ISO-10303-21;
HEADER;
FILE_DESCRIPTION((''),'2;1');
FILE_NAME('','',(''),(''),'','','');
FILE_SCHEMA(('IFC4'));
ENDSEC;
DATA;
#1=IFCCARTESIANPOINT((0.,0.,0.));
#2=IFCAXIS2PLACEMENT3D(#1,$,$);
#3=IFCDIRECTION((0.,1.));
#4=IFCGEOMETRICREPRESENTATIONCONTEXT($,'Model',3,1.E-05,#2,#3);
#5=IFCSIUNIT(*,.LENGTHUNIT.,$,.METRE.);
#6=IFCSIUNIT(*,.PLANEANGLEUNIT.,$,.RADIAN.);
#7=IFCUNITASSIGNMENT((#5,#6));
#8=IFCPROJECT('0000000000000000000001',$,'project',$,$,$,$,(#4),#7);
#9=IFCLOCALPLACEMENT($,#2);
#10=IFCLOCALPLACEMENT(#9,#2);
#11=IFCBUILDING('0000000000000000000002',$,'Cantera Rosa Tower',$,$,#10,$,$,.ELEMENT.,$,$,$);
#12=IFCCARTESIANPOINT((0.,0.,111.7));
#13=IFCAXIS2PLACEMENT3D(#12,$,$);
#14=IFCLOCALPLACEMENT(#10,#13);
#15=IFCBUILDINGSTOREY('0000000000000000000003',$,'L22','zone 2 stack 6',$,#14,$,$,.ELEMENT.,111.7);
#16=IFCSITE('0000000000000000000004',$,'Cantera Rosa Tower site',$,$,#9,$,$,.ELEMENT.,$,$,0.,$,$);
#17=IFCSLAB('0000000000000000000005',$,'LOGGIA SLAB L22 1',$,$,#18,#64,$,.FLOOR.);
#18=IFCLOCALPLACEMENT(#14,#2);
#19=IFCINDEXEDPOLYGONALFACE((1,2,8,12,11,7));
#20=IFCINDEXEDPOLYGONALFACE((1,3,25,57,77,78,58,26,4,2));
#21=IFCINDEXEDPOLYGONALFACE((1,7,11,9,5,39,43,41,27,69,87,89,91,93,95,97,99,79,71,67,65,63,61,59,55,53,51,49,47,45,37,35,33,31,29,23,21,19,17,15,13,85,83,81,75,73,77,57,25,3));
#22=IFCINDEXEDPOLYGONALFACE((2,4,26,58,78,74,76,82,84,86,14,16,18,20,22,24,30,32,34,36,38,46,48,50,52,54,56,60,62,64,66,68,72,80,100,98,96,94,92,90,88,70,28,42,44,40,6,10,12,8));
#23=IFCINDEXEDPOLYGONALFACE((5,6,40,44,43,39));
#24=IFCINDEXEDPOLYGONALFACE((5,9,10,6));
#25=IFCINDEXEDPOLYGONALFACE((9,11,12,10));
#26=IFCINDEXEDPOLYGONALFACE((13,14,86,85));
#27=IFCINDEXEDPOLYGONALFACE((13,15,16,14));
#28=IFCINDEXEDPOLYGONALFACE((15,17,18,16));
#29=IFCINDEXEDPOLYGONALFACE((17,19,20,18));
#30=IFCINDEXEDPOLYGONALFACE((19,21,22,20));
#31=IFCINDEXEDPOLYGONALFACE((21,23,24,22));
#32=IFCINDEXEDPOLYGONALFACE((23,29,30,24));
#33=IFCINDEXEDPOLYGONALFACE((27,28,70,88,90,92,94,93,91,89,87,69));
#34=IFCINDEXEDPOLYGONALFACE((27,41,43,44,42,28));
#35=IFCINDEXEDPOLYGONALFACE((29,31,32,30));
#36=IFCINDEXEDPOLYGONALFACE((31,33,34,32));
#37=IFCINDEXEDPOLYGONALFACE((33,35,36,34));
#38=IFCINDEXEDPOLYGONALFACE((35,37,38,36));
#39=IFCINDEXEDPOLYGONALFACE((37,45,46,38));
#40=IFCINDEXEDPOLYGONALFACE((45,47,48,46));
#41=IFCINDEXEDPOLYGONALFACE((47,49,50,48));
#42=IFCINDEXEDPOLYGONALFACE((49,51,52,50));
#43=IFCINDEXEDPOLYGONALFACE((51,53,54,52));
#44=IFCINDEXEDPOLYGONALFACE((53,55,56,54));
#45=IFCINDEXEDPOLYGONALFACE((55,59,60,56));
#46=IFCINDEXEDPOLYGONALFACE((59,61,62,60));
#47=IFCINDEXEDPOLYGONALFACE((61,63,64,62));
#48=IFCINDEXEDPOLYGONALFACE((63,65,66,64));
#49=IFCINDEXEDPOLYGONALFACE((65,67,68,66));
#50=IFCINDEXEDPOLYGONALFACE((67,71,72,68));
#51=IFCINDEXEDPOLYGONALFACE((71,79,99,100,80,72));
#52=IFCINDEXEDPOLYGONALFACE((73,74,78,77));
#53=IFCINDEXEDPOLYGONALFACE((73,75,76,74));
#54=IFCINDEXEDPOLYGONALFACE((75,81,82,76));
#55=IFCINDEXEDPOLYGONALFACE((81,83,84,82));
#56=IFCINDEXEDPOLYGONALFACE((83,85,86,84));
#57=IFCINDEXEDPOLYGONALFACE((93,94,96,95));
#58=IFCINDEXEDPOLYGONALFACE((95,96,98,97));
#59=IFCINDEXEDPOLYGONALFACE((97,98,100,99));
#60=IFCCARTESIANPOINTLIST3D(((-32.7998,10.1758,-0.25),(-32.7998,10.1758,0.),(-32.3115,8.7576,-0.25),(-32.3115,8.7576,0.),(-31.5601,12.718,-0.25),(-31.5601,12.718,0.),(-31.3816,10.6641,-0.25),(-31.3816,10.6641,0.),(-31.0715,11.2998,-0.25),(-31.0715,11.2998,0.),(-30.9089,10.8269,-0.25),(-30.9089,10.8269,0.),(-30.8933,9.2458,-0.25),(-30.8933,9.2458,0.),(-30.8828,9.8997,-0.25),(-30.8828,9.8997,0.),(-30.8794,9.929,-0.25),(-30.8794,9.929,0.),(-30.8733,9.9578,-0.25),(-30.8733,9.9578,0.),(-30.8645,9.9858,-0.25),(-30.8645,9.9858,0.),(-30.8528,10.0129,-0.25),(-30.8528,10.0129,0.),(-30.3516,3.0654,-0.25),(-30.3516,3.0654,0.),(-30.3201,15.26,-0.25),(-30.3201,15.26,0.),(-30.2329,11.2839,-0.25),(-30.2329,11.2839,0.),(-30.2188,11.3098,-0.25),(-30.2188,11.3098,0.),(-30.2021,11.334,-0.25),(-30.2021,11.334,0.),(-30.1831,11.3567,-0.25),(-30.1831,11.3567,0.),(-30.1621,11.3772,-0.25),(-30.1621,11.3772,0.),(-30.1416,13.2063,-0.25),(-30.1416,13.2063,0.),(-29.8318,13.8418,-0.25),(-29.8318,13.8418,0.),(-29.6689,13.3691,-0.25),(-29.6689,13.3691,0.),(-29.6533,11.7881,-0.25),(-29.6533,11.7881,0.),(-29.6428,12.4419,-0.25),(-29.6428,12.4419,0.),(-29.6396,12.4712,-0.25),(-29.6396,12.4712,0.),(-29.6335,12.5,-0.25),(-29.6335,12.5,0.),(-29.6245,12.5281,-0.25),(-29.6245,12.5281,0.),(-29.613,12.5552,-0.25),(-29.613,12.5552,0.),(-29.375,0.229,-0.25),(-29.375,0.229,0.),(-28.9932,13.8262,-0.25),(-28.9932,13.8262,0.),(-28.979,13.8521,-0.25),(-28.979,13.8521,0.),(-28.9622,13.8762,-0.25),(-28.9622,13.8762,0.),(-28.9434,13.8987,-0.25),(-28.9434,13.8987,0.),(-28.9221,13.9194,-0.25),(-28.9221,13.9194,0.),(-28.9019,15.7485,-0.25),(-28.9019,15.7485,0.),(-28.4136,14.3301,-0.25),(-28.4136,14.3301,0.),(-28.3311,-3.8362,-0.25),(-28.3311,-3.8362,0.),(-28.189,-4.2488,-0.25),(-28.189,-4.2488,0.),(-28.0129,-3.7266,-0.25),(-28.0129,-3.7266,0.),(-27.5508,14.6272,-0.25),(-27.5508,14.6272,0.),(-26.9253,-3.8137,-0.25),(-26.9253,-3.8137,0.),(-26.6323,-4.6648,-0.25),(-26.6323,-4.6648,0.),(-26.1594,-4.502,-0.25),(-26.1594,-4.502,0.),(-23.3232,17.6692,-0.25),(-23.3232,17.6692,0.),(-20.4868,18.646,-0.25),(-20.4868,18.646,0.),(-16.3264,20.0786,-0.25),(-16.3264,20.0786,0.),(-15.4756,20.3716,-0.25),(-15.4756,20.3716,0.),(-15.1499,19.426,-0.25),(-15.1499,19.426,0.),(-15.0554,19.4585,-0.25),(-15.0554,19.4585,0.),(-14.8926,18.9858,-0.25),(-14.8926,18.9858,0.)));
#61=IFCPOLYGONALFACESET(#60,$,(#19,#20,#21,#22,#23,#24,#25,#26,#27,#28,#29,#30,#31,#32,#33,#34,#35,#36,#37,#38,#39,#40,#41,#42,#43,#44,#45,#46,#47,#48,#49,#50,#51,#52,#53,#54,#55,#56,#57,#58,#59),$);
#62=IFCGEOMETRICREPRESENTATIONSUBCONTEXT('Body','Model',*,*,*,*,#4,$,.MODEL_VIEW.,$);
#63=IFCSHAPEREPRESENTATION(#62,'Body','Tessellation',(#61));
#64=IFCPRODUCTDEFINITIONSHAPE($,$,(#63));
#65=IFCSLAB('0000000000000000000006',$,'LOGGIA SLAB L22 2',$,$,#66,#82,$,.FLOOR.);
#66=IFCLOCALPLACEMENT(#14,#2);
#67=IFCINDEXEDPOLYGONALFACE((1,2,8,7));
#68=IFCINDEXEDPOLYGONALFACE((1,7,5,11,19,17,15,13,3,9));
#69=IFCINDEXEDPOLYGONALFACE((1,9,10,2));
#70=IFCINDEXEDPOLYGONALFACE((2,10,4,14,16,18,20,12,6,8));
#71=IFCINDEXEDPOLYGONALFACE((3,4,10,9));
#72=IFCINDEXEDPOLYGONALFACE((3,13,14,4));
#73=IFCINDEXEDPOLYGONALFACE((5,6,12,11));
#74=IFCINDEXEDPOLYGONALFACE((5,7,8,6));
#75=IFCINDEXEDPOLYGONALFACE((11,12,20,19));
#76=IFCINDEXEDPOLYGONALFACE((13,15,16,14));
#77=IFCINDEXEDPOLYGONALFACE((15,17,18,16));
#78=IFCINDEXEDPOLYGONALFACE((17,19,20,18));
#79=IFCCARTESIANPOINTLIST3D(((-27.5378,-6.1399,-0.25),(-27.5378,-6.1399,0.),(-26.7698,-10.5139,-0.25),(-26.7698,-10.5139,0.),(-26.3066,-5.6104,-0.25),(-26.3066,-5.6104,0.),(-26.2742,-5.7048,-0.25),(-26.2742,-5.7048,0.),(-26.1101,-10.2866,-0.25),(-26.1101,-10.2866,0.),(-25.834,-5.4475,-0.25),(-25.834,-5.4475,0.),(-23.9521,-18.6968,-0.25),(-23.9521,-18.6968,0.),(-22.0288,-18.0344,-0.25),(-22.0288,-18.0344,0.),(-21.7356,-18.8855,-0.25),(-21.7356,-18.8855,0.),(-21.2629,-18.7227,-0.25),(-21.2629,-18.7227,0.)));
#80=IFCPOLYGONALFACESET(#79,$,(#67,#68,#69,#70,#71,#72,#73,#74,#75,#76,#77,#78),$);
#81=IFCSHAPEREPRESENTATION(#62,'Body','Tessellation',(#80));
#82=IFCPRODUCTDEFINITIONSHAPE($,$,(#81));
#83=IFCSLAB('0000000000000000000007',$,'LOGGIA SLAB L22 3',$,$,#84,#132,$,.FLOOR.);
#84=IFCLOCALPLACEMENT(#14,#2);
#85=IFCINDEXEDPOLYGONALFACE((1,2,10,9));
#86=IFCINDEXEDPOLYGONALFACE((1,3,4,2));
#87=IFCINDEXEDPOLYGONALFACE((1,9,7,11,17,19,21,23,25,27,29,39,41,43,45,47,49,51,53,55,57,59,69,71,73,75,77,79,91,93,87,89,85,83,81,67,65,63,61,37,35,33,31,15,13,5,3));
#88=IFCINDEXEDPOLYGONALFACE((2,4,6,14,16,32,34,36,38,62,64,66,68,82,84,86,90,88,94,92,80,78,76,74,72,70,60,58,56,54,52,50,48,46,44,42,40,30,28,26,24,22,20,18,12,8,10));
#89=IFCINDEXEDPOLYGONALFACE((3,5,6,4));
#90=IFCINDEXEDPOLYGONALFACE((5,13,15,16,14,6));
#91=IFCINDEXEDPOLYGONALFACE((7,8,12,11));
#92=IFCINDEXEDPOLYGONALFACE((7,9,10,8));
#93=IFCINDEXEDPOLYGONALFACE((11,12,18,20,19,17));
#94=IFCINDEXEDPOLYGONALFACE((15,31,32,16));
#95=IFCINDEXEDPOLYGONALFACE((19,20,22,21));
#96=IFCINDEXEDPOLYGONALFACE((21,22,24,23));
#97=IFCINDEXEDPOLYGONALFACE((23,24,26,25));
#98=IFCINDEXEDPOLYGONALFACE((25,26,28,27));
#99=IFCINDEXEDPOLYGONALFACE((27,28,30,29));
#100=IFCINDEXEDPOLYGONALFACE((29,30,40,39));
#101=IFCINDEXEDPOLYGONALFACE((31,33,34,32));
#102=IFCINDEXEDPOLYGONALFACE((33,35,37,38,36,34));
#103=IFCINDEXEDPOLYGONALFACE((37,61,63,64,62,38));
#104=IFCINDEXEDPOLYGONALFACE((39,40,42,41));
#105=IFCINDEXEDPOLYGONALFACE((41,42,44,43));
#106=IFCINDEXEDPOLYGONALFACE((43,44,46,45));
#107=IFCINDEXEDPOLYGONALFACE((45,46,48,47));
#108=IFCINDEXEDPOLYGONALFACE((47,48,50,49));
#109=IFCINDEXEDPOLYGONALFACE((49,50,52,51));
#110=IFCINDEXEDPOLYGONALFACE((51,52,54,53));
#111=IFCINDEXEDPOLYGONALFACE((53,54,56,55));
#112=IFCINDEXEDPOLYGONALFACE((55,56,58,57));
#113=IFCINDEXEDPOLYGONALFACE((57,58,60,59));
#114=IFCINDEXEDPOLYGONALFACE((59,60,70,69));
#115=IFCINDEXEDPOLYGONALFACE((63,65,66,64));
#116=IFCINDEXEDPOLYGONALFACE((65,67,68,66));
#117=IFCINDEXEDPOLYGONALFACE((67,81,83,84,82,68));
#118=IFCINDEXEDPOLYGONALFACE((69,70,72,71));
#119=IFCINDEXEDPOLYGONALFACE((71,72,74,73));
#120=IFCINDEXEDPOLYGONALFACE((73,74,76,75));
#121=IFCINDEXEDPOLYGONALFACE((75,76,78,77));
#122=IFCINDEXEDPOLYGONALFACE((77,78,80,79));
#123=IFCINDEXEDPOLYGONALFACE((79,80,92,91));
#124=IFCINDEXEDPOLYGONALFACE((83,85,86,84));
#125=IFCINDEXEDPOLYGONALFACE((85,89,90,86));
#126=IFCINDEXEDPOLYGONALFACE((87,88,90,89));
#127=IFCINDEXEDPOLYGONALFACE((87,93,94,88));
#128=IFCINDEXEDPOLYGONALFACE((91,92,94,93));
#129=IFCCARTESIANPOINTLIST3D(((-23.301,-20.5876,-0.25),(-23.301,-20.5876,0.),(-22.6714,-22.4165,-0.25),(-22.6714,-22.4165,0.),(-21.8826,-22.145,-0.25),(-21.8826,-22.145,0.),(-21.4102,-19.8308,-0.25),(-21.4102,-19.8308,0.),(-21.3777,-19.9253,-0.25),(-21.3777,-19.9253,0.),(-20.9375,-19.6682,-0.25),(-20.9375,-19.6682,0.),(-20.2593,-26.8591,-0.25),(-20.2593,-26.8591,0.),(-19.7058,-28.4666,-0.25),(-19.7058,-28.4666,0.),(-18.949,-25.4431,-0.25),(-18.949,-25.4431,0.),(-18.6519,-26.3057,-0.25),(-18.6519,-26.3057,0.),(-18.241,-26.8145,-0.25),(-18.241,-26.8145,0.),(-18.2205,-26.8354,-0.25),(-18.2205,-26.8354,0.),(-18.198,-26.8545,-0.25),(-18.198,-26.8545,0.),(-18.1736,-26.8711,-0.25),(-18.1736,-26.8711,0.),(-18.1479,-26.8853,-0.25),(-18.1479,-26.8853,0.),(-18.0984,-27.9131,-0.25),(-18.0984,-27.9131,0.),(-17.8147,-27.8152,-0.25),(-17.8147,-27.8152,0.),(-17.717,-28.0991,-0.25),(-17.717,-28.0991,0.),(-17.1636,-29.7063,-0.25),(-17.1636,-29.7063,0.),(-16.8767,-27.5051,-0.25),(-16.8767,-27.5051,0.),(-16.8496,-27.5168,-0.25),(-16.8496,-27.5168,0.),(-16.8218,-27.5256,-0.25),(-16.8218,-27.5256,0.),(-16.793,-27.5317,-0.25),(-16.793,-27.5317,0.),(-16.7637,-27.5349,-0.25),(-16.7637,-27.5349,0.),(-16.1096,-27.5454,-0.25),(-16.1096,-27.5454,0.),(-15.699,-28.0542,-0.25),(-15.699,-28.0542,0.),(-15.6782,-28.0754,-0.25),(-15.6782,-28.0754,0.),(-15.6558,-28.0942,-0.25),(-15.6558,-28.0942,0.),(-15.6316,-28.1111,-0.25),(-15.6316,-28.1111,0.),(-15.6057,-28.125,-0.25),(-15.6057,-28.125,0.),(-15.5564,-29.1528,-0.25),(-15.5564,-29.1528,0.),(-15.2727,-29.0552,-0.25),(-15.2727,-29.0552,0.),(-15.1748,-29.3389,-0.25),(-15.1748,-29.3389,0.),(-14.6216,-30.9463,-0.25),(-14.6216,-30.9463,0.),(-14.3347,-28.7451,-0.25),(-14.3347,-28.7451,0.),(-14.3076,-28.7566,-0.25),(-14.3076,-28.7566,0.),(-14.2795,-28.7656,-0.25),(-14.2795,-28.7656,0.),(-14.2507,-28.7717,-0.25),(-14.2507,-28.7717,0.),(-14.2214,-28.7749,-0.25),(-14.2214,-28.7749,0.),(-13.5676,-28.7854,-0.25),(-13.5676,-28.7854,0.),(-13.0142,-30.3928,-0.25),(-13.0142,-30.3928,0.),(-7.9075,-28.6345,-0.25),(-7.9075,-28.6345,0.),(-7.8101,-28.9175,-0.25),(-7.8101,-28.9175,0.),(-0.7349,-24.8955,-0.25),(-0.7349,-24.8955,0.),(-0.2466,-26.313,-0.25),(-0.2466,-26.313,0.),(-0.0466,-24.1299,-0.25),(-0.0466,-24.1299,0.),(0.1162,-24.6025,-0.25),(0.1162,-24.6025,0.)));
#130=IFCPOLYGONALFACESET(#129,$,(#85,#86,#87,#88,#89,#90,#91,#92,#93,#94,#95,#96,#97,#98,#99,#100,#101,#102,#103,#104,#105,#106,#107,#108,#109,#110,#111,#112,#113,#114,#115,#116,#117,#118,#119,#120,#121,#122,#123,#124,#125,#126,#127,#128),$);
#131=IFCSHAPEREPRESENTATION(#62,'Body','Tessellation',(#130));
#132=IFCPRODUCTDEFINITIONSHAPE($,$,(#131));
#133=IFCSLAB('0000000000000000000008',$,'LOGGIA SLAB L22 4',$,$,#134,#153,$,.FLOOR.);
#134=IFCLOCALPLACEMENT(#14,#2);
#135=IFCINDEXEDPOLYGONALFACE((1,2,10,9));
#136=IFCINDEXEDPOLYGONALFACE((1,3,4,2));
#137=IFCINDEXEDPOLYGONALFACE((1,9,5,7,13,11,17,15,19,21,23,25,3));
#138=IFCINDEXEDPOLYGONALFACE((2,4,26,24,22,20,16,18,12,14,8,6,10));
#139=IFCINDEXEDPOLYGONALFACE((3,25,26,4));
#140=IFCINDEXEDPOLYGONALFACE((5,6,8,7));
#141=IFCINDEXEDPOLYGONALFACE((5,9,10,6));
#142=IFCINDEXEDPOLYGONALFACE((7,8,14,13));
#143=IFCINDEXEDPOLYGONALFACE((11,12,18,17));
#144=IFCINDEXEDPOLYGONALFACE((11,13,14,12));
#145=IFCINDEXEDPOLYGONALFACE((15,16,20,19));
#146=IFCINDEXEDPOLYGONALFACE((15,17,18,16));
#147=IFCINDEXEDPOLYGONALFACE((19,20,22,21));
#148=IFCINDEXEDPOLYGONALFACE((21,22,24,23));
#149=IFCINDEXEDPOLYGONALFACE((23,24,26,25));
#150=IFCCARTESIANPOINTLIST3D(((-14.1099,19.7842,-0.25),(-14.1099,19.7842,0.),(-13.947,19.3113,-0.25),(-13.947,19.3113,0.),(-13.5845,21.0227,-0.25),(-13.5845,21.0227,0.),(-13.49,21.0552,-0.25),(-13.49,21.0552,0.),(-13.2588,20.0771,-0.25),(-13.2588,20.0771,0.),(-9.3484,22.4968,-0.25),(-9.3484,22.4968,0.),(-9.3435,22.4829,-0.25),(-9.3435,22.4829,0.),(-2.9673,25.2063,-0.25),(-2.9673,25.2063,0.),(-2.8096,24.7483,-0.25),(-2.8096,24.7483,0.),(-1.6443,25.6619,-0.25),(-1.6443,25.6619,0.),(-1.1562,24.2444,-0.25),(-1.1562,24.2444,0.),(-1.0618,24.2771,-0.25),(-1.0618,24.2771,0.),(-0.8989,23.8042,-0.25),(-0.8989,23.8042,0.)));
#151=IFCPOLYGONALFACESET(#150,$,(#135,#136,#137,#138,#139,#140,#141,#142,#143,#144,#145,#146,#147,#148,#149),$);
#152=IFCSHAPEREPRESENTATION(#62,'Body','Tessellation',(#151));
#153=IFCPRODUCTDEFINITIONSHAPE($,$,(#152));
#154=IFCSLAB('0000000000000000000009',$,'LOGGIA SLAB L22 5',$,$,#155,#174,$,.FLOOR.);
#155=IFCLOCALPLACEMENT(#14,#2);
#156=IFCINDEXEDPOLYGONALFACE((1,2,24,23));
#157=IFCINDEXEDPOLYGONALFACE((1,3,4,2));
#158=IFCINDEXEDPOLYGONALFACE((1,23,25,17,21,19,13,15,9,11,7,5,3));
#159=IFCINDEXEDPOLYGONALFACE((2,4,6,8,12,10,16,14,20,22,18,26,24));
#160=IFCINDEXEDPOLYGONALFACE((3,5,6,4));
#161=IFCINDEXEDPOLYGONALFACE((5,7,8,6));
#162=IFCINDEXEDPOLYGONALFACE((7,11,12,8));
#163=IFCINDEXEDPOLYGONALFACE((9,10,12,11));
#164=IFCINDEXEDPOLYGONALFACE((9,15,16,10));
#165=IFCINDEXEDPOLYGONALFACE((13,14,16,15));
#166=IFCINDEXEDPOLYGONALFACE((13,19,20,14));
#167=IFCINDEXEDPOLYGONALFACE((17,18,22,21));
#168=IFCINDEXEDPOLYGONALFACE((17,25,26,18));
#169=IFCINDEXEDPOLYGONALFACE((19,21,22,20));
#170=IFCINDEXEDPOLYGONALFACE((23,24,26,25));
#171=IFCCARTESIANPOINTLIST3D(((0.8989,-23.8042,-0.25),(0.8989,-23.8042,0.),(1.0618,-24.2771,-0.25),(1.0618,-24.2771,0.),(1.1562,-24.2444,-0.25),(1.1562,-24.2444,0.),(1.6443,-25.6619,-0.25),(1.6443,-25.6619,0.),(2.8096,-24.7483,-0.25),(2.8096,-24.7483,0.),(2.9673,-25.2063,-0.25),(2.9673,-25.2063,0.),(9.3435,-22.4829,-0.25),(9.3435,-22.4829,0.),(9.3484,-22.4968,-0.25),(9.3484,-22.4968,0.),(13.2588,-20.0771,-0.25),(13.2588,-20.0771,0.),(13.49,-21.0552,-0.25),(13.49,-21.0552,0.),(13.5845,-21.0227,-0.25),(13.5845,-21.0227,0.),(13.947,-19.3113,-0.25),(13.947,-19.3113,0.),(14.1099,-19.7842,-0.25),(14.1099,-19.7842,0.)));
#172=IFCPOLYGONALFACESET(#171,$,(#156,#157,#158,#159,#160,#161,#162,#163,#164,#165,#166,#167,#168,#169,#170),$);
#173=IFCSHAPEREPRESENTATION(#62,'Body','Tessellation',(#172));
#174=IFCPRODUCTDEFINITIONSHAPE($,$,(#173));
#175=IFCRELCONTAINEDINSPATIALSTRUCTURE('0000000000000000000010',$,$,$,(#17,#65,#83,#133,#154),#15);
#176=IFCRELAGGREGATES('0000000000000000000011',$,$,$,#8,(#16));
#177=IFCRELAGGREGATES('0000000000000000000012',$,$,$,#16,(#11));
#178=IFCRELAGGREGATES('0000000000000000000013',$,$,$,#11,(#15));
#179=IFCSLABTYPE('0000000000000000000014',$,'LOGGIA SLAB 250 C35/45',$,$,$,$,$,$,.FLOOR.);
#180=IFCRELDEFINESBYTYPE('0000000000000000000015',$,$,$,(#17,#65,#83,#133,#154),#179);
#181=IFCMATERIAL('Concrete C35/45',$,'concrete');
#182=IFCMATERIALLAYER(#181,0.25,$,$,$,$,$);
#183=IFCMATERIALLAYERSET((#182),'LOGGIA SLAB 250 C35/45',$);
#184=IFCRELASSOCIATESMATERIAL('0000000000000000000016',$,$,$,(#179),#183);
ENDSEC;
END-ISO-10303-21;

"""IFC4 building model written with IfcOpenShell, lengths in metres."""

from ifc_helpers import new_model, si_unit, direction, frame, origin, place, context, subcontext, project, spatial, polyline, outline, extrude, material, layer, layer_set, type_object, element, save


model = new_model("IFC4")

# Units and contexts
model_context = context("Model", 3, precision=1e-05, world=origin(), true_north=direction((0.0, 1.0)))
body_context = subcontext(model_context, "Body", "Model", "MODEL_VIEW")
ifc_project = project(units=[si_unit("LENGTHUNIT", "METRE"), si_unit("PLANEANGLEUNIT", "RADIAN")], contexts=[model_context])

# Site, building, storey
site_placement = place(None, origin())
site = spatial("IfcSite", under=ifc_project, at=site_placement, Name="Cantera Rosa Tower site", CompositionType="ELEMENT", RefElevation=0.0)
building_placement = place(site_placement, origin())
building = spatial("IfcBuilding", under=site, at=building_placement, Name="Cantera Rosa Tower", CompositionType="ELEMENT")
storey_placement = place(building_placement, frame((0.0, 0.0, 111.7)))
storey = spatial("IfcBuildingStorey", under=building, at=storey_placement, Name="L22", Description="zone 2 stack 6", CompositionType="ELEMENT", Elevation=111.7)

# Slabs
ifc_material_1 = material(Name="Concrete C35/45", Category="concrete")
ifc_layer_1 = layer(ifc_material_1, 0.25)
ifc_layer_set_1 = layer_set([ifc_layer_1], Name="LOGGIA SLAB 250 C35/45")
slab_type_1 = type_object("IfcSlabType", Name="LOGGIA SLAB 250 C35/45", PredefinedType="FLOOR", material=ifc_layer_set_1)
slab_1_placement = place(storey_placement, frame((0.0, 0.0, -0.25)))
element("IfcSlab", 1, at=slab_1_placement, inside=storey, type_object=slab_type_1, Name="LOGGIA SLAB L22 1", PredefinedType="FLOOR", context=body_context, shape_type="SweptSolid", body=[
    extrude(outline(polyline([(-32.7998, 10.1758), (-31.3816, 10.6641), (-30.9089, 10.8269), (-31.0715, 11.2998), (-31.5601, 12.718), (-30.1416, 13.2063), (-29.6689, 13.3691), (-29.8318, 13.8418), (-30.3201, 15.26), (-28.9019, 15.7485), (-23.3232, 17.6692), (-20.4868, 18.646), (-16.3264, 20.0786), (-15.4756, 20.3716), (-15.1499, 19.426), (-15.0554, 19.4585), (-14.8926, 18.9858), (-27.5508, 14.6272), (-28.4136, 14.3301), (-28.9221, 13.9194), (-28.9434, 13.8987), (-28.9622, 13.8762), (-28.979, 13.8521), (-28.9932, 13.8262), (-29.613, 12.5552), (-29.6245, 12.5281), (-29.6335, 12.5), (-29.6396, 12.4712), (-29.6428, 12.4419), (-29.6533, 11.7881), (-30.1621, 11.3772), (-30.1831, 11.3567), (-30.2021, 11.334), (-30.2188, 11.3098), (-30.2329, 11.2839), (-30.8528, 10.0129), (-30.8645, 9.9858), (-30.8733, 9.9578), (-30.8794, 9.929), (-30.8828, 9.8997), (-30.8933, 9.2458), (-26.1594, -4.502), (-26.6323, -4.6648), (-26.9253, -3.8137), (-28.189, -4.2488), (-28.3311, -3.8362), (-28.0129, -3.7266), (-29.375, 0.229), (-30.3516, 3.0654), (-32.3115, 8.7576), (-32.7998, 10.1758)])), origin(), (0.0, 0.0, 1.0), 0.25),
])
slab_2_placement = place(storey_placement, frame((0.0, 0.0, -0.25)))
element("IfcSlab", 2, at=slab_2_placement, inside=storey, type_object=slab_type_1, Name="LOGGIA SLAB L22 2", PredefinedType="FLOOR", context=body_context, shape_type="SweptSolid", body=[
    extrude(outline(polyline([(-25.834, -5.4475), (-21.2629, -18.7227), (-21.7356, -18.8855), (-22.0288, -18.0344), (-23.9521, -18.6968), (-26.7698, -10.5139), (-26.1101, -10.2866), (-27.5378, -6.1399), (-26.2742, -5.7048), (-26.3066, -5.6104), (-25.834, -5.4475)])), origin(), (0.0, 0.0, 1.0), 0.25),
])
slab_3_placement = place(storey_placement, frame((0.0, 0.0, -0.25)))
element("IfcSlab", 3, at=slab_3_placement, inside=storey, type_object=slab_type_1, Name="LOGGIA SLAB L22 3", PredefinedType="FLOOR", context=body_context, shape_type="SweptSolid", body=[
    extrude(outline(polyline([(-15.2727, -29.0552), (-15.5564, -29.1528), (-17.1636, -29.7063), (-17.717, -28.0991), (-17.8147, -27.8152), (-18.0984, -27.9131), (-19.7058, -28.4666), (-20.2593, -26.8591), (-21.8826, -22.145), (-22.6714, -22.4165), (-23.301, -20.5876), (-21.3777, -19.9253), (-21.4102, -19.8308), (-20.9375, -19.6682), (-18.949, -25.4431), (-18.6519, -26.3057), (-18.241, -26.8145), (-18.2205, -26.8354), (-18.198, -26.8545), (-18.1736, -26.8711), (-18.1479, -26.8853), (-16.8767, -27.5051), (-16.8496, -27.5168), (-16.8218, -27.5256), (-16.793, -27.5317), (-16.7637, -27.5349), (-16.1096, -27.5454), (-15.699, -28.0542), (-15.6782, -28.0754), (-15.6558, -28.0942), (-15.6316, -28.1111), (-15.6057, -28.125), (-14.3347, -28.7451), (-14.3076, -28.7566), (-14.2795, -28.7656), (-14.2507, -28.7717), (-14.2214, -28.7749), (-13.5676, -28.7854), (-0.0466, -24.1299), (0.1162, -24.6025), (-0.7349, -24.8955), (-0.2466, -26.313), (-7.8101, -28.9175), (-7.9075, -28.6345), (-13.0142, -30.3928), (-14.6216, -30.9463), (-15.1748, -29.3389), (-15.2727, -29.0552)])), origin(), (0.0, 0.0, 1.0), 0.25),
])
slab_4_placement = place(storey_placement, frame((0.0, 0.0, -0.25)))
element("IfcSlab", 4, at=slab_4_placement, inside=storey, type_object=slab_type_1, Name="LOGGIA SLAB L22 4", PredefinedType="FLOOR", context=body_context, shape_type="SweptSolid", body=[
    extrude(outline(polyline([(-1.6443, 25.6619), (-1.1562, 24.2444), (-1.0618, 24.2771), (-0.8989, 23.8042), (-13.947, 19.3113), (-14.1099, 19.7842), (-13.2588, 20.0771), (-13.5845, 21.0227), (-13.49, 21.0552), (-9.3435, 22.4829), (-9.3484, 22.4968), (-2.8096, 24.7483), (-2.9673, 25.2063), (-1.6443, 25.6619)])), origin(), (0.0, 0.0, 1.0), 0.25),
])
slab_5_placement = place(storey_placement, frame((0.0, 0.0, -0.25)))
element("IfcSlab", 5, at=slab_5_placement, inside=storey, type_object=slab_type_1, Name="LOGGIA SLAB L22 5", PredefinedType="FLOOR", context=body_context, shape_type="SweptSolid", body=[
    extrude(outline(polyline([(14.1099, -19.7842), (13.2588, -20.0771), (13.5845, -21.0227), (13.49, -21.0552), (9.3435, -22.4829), (9.3484, -22.4968), (2.8096, -24.7483), (2.9673, -25.2063), (1.6443, -25.6619), (1.1562, -24.2444), (1.0618, -24.2771), (0.8989, -23.8042), (13.947, -19.3113), (14.1099, -19.7842)])), origin(), (0.0, 0.0, 1.0), 0.25),
])

save(model, "model.ifc")
